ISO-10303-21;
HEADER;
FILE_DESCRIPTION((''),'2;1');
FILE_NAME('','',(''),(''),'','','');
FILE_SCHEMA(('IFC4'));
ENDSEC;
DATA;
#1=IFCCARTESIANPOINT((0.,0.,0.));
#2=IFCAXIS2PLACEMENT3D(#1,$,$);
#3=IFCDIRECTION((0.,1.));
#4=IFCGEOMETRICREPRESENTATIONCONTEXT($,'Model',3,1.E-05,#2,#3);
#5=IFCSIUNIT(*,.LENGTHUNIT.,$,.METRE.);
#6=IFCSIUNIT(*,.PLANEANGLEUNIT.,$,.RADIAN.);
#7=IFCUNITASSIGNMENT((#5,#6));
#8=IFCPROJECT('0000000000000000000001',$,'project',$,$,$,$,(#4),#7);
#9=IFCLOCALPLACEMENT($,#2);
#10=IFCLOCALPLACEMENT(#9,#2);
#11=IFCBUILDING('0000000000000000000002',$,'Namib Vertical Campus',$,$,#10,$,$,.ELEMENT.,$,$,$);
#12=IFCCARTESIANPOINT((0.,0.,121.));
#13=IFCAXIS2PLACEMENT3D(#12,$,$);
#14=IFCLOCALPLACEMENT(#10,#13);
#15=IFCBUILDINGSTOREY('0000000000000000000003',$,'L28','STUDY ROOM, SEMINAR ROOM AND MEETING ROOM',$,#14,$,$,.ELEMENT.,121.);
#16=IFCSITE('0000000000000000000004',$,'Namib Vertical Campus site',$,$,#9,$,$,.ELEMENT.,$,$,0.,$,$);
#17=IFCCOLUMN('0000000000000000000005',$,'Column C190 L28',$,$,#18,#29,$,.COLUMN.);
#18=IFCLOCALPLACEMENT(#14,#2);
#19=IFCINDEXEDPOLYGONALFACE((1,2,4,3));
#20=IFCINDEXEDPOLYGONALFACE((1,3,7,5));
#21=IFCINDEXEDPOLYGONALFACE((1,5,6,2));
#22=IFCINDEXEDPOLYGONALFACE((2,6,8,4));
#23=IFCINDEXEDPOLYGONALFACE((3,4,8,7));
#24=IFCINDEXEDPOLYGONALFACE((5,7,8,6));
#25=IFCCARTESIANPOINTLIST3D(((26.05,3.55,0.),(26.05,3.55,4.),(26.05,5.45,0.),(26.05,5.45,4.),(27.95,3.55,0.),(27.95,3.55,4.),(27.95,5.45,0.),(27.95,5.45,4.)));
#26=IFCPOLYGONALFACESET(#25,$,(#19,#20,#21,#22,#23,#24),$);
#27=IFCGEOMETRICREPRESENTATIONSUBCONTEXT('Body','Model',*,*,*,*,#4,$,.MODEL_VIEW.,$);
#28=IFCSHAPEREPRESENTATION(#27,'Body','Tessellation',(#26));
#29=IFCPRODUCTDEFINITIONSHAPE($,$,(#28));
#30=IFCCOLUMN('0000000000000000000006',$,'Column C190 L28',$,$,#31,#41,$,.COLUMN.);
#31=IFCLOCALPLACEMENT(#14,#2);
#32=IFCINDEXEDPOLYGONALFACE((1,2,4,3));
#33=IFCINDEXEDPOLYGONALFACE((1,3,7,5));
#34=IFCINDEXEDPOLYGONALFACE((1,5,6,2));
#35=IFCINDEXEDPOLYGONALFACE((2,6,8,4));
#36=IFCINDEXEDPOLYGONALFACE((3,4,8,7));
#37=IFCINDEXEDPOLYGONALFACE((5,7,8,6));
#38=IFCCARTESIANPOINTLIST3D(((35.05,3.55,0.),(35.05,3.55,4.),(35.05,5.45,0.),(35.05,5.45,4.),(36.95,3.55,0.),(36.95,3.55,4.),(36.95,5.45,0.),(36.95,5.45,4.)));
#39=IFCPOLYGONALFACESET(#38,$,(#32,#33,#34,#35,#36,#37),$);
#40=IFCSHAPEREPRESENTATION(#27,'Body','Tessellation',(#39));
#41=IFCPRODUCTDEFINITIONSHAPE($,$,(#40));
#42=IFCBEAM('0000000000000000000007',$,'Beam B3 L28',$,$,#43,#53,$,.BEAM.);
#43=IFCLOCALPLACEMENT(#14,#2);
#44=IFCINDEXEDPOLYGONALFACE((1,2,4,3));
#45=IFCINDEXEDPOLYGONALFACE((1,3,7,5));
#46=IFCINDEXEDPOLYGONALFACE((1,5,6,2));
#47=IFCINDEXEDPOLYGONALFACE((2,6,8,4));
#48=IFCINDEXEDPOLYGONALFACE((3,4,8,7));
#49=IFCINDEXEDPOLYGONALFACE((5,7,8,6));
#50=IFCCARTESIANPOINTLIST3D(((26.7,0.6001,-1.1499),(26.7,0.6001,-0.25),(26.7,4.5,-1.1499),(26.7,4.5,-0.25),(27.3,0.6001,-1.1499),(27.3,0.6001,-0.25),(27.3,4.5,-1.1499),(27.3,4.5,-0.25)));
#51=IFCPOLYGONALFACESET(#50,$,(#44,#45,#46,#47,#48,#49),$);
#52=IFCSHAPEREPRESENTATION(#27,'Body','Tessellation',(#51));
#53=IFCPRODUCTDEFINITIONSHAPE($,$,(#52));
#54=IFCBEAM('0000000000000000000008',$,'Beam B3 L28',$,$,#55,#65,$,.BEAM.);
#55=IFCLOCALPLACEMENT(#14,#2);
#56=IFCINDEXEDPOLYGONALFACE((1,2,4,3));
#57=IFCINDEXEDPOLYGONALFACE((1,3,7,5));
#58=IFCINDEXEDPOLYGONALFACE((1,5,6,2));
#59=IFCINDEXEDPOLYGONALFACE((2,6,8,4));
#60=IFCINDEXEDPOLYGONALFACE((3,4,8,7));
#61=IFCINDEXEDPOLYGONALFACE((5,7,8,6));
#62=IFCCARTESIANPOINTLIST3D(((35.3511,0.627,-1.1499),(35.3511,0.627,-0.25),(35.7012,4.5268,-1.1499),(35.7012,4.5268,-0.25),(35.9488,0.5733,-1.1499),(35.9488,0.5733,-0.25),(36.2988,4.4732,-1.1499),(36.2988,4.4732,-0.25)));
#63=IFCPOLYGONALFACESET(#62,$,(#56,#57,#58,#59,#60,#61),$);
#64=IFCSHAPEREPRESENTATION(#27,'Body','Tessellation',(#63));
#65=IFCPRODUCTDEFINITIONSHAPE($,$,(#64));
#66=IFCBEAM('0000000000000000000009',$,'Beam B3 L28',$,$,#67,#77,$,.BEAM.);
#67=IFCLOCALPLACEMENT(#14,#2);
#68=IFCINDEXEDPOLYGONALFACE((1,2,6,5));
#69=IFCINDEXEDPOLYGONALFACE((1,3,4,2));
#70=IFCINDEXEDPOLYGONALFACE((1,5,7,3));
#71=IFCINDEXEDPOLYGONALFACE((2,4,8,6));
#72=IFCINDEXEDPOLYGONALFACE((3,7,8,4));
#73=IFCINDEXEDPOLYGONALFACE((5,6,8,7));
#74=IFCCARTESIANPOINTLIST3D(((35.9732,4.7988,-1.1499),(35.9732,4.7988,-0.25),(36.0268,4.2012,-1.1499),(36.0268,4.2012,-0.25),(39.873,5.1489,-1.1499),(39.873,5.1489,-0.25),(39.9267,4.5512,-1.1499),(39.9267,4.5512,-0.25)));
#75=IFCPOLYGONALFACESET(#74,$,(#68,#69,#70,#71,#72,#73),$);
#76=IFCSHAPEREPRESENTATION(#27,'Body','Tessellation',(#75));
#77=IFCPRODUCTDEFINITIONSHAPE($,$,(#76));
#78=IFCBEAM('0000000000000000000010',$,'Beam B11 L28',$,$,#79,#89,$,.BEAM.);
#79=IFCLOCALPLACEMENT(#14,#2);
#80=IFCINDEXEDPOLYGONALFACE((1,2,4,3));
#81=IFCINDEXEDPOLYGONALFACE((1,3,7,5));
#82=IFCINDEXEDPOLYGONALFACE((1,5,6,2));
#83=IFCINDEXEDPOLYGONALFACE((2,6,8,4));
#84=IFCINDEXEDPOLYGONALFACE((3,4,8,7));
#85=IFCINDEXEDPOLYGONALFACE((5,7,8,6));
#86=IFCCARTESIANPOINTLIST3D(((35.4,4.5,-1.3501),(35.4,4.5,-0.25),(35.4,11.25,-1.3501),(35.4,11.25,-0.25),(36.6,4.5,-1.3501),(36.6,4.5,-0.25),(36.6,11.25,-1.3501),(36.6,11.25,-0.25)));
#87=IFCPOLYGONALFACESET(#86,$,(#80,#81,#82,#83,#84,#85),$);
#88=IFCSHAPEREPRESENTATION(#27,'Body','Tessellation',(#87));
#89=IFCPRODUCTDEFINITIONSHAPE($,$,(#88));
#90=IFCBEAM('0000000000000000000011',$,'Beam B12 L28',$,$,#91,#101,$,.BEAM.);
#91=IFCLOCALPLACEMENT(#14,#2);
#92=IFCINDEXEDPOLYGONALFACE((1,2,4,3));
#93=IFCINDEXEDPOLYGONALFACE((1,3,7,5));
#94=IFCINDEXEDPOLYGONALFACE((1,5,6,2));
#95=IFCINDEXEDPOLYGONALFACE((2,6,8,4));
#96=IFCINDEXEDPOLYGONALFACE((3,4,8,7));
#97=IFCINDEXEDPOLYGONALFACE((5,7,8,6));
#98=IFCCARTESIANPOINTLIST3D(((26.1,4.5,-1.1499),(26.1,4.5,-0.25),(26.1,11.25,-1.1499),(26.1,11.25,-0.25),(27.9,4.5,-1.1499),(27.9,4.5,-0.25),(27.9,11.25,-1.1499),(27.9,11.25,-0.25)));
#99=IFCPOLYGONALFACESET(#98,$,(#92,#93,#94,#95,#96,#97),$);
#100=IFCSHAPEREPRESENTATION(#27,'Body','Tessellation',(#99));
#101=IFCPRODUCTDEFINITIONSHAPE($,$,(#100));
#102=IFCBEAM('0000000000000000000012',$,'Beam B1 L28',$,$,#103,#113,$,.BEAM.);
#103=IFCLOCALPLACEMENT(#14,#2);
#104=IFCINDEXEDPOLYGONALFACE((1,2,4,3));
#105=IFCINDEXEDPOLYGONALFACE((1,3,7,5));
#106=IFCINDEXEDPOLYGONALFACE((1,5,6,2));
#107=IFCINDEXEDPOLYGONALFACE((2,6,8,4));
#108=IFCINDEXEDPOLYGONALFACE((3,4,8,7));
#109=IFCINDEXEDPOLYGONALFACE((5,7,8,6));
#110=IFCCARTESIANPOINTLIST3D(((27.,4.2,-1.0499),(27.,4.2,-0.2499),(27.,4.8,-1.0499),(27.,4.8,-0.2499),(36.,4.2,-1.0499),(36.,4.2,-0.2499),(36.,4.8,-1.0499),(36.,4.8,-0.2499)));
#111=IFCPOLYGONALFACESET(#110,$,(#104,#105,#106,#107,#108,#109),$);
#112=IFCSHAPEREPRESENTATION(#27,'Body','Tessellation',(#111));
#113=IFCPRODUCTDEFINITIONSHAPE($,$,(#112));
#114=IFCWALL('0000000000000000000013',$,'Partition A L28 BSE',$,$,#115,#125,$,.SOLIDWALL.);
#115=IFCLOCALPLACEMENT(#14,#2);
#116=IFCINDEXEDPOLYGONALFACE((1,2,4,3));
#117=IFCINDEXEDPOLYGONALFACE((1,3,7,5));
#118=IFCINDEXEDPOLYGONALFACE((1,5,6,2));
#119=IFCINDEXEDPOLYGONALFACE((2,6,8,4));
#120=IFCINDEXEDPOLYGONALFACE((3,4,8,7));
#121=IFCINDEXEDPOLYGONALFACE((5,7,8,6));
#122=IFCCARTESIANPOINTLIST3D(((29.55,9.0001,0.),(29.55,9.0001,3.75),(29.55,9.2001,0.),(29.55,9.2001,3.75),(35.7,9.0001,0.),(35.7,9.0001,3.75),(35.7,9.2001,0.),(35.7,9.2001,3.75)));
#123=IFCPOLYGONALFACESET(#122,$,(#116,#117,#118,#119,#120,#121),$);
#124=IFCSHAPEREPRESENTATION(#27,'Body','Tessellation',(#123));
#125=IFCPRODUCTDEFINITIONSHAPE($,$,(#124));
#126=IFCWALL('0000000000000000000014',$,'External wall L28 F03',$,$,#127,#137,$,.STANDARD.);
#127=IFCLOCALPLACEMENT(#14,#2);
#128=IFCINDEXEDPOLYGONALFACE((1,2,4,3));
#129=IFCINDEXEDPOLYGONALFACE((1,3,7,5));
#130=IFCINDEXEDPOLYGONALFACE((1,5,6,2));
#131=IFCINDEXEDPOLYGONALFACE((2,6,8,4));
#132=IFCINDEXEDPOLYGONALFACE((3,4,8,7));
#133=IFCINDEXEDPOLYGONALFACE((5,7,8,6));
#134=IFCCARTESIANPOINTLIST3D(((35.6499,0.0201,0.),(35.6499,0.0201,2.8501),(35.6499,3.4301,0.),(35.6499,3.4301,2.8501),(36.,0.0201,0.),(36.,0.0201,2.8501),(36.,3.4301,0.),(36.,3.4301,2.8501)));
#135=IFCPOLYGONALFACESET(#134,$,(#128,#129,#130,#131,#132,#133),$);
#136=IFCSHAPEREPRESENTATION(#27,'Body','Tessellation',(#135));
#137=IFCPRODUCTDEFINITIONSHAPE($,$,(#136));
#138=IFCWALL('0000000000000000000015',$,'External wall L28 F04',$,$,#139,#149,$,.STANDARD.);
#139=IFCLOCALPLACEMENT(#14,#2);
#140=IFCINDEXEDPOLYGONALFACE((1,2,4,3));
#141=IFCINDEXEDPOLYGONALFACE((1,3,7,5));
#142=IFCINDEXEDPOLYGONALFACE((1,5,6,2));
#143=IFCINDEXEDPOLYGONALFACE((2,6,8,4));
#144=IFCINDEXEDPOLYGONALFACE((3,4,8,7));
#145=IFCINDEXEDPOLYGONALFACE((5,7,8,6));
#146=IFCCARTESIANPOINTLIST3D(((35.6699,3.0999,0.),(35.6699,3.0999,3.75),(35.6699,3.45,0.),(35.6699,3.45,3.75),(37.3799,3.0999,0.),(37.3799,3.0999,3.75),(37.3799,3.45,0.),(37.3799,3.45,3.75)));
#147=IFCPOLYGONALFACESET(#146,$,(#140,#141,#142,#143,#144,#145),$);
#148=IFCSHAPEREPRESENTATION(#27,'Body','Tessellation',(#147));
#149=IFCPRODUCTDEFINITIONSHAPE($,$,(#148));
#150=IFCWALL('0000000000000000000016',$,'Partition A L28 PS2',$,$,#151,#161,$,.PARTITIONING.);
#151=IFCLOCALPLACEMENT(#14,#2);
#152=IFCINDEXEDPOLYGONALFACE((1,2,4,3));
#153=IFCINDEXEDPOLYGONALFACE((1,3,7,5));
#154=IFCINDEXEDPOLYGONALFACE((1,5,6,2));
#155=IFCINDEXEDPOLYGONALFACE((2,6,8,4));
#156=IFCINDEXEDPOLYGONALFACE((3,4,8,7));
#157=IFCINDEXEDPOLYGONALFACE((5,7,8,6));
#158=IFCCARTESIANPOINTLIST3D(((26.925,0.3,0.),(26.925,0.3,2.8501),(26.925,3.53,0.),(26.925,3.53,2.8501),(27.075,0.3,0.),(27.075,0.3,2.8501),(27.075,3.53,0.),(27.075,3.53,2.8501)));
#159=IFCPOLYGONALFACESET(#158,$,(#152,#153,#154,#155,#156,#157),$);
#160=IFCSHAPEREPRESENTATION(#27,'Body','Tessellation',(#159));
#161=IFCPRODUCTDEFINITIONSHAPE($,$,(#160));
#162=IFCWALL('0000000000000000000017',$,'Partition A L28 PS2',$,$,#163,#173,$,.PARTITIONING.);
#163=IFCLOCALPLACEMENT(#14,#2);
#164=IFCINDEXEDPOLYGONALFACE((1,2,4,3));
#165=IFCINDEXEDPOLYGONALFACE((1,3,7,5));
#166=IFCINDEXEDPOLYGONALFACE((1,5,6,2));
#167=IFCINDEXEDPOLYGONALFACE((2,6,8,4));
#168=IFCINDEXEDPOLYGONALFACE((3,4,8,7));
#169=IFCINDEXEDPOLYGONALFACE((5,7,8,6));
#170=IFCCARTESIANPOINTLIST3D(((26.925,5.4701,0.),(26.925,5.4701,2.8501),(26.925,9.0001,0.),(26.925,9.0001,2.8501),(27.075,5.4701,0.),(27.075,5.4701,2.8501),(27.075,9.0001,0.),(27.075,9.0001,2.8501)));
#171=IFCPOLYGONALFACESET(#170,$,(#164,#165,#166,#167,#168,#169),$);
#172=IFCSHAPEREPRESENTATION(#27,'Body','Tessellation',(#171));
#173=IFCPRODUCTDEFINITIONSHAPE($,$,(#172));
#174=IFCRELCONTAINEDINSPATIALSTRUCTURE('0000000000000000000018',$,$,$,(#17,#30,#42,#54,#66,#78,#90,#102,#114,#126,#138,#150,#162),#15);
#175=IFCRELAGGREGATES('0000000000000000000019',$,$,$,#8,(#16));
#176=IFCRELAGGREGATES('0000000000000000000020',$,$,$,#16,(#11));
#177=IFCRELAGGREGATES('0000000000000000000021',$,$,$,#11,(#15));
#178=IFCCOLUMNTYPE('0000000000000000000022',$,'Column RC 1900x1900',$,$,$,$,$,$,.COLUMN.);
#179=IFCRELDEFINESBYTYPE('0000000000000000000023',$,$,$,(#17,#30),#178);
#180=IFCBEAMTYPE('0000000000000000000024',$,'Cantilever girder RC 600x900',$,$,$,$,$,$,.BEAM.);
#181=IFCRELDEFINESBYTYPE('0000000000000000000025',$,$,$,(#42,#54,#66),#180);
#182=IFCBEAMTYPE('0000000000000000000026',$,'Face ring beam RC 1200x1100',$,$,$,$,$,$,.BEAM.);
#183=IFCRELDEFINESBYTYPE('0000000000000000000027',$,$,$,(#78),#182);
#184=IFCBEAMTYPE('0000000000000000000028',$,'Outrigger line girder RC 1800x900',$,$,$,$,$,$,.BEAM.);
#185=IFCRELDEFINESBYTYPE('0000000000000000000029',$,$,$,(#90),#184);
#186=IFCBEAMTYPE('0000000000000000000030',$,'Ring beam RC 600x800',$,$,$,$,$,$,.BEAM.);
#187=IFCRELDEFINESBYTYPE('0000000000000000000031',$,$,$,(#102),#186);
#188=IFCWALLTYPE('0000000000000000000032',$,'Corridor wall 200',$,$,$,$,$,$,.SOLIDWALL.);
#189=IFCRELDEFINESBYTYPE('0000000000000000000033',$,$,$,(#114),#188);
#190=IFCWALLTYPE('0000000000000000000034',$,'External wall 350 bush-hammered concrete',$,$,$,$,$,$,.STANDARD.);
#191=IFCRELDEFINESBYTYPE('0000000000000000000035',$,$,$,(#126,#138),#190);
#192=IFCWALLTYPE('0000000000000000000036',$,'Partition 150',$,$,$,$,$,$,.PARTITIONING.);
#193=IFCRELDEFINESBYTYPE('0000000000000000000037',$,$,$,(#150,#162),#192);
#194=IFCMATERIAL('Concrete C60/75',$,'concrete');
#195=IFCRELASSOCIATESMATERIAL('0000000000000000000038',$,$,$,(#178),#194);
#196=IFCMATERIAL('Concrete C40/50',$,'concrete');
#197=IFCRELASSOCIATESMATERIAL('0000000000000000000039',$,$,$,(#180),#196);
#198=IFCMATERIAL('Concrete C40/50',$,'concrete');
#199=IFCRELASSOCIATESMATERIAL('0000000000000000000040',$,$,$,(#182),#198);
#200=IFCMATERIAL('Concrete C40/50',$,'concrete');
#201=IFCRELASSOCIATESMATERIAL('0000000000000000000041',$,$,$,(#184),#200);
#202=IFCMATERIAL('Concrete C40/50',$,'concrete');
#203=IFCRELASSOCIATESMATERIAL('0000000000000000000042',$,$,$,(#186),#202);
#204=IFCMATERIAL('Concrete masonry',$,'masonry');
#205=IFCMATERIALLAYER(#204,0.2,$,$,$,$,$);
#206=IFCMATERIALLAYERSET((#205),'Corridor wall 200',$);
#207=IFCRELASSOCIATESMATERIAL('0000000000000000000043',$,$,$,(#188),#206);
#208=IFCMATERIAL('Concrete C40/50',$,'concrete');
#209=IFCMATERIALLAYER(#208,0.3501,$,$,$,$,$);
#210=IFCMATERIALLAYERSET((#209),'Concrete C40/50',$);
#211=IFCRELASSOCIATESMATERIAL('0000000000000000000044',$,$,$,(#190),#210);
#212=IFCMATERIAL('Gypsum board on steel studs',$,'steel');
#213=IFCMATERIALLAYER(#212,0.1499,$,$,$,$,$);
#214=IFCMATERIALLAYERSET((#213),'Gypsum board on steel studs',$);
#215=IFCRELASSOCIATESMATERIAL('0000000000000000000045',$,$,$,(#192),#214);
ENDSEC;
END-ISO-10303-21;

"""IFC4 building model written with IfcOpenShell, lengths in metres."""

from ifc_helpers import new_model, si_unit, direction, frame, frame_2d, origin, origin_2d, place, context, subcontext, project, spatial, rectangle, extrude, material, layer, layer_set, material_profile, profile_set, type_object, element, save


model = new_model("IFC4")

# Units and contexts
model_context = context("Model", 3, precision=1e-05, world=origin(), true_north=direction((0.0, 1.0)))
body_context = subcontext(model_context, "Body", "Model", "MODEL_VIEW")
ifc_project = project(units=[si_unit("LENGTHUNIT", "METRE"), si_unit("PLANEANGLEUNIT", "RADIAN")], contexts=[model_context])

# Site, building, storey
site_placement = place(None, origin())
site = spatial("IfcSite", under=ifc_project, at=site_placement, Name="Namib Vertical Campus site", CompositionType="ELEMENT", RefElevation=0.0)
building_placement = place(site_placement, origin())
building = spatial("IfcBuilding", under=site, at=building_placement, Name="Namib Vertical Campus", CompositionType="ELEMENT")
storey_placement = place(building_placement, frame((0.0, 0.0, 121.0)))
storey = spatial("IfcBuildingStorey", under=building, at=storey_placement, Name="L28", Description="STUDY ROOM, SEMINAR ROOM AND MEETING ROOM", CompositionType="ELEMENT", Elevation=121.0)

# Columns
ifc_material_1 = material(Name="Concrete C60/75", Category="concrete")
ifc_material_profile_1 = material_profile(ifc_material_1, rectangle(XDim=1.8999, YDim=1.8999, at=origin_2d()))
ifc_profile_set_1 = profile_set([ifc_material_profile_1], Name="Concrete C60/75")
column_type = type_object("IfcColumnType", Name="Column RC 1900x1900", PredefinedType="COLUMN", material=ifc_profile_set_1)
for number, where, z_axis, x_axis, name in (
    (1, (27.0, 4.5, 0.0), (0.0, 0.0, 1.0), (1.0, 0.0, 0.0), "Column C190 L28"),
    (2, (36.0, 4.5, 0.0), (0.0, 0.0, 1.0), (1.0, 0.0, 0.0), "Column C190 L28"),
):
    element("IfcColumn", number, at=place(storey_placement, frame(where, z_axis=z_axis, x_axis=x_axis)), inside=storey, type_object=column_type, Name=name, PredefinedType="COLUMN", context=body_context, shape_type="SweptSolid", body=[
        extrude(rectangle(XDim=1.8999, YDim=1.8999, at=origin_2d()), origin(), (0.0, 0.0, 1.0), 4.0),
    ])

# Beams
ifc_material_2 = material(Name="Concrete C40/50", Category="concrete")
ifc_material_profile_2 = material_profile(ifc_material_2, rectangle(XDim=0.6001, YDim=0.8999, at=origin_2d()))
ifc_profile_set_2 = profile_set([ifc_material_profile_2], Name="Concrete C40/50")
beam_type_1 = type_object("IfcBeamType", Name="Cantilever girder RC 600x900", PredefinedType="BEAM", material=ifc_profile_set_2)
beam_1_placement = place(storey_placement, frame((27.0, 4.5, -0.7), z_axis=(0.0, -1.0, 0.0), x_axis=(1.0, 0.0, 0.0)))
element("IfcBeam", 3, at=beam_1_placement, inside=storey, type_object=beam_type_1, Name="Beam B3 L28", PredefinedType="BEAM", context=body_context, shape_type="SweptSolid", body=[
    extrude(rectangle(XDim=0.6001, YDim=0.8999, at=origin_2d()), origin(), (0.0, 0.0, 1.0), 3.8999),
])
for number, where, z_axis, x_axis, name in (
    (4, (36.0, 4.5, -0.7), (-0.089411, -0.995995, 0.0), (0.995995, -0.089411, 0.0), "Beam B3 L28"),
    (5, (36.0, 4.5, -0.7), (0.995995, 0.089411, 0.0), (-0.089411, 0.995995, 0.0), "Beam B3 L28"),
):
    element("IfcBeam", number, at=place(storey_placement, frame(where, z_axis=z_axis, x_axis=x_axis)), inside=storey, type_object=beam_type_1, Name=name, PredefinedType="BEAM", context=body_context, shape_type="SweptSolid", body=[
        extrude(rectangle(XDim=0.6001, YDim=0.8999, at=origin_2d()), origin(), (0.0, 0.0, 1.0), 3.9155),
    ])
ifc_material_3 = material(Name="Concrete C40/50", Category="concrete")
ifc_material_profile_3 = material_profile(ifc_material_3, rectangle(XDim=1.2, YDim=1.1001, at=origin_2d()))
ifc_profile_set_3 = profile_set([ifc_material_profile_3], Name="Concrete C40/50")
beam_type_2 = type_object("IfcBeamType", Name="Face ring beam RC 1200x1100", PredefinedType="BEAM", material=ifc_profile_set_3)
beam_2_placement = place(storey_placement, frame((36.0, 4.5, -0.8), z_axis=(0.0, 1.0, 0.0), x_axis=(-1.0, 0.0, 0.0)))
element("IfcBeam", 6, at=beam_2_placement, inside=storey, type_object=beam_type_2, Name="Beam B11 L28", PredefinedType="BEAM", context=body_context, shape_type="SweptSolid", body=[
    extrude(rectangle(XDim=1.2, YDim=1.1001, at=origin_2d()), origin(), (0.0, 0.0, 1.0), 6.75),
])
ifc_material_4 = material(Name="Concrete C40/50", Category="concrete")
ifc_material_profile_4 = material_profile(ifc_material_4, rectangle(XDim=1.8, YDim=0.8999, at=origin_2d()))
ifc_profile_set_4 = profile_set([ifc_material_profile_4], Name="Concrete C40/50")
beam_type_3 = type_object("IfcBeamType", Name="Outrigger line girder RC 1800x900", PredefinedType="BEAM", material=ifc_profile_set_4)
beam_3_placement = place(storey_placement, frame((27.0, 4.5, -0.7), z_axis=(0.0, 1.0, 0.0), x_axis=(-1.0, 0.0, 0.0)))
element("IfcBeam", 7, at=beam_3_placement, inside=storey, type_object=beam_type_3, Name="Beam B12 L28", PredefinedType="BEAM", context=body_context, shape_type="SweptSolid", body=[
    extrude(rectangle(XDim=1.8, YDim=0.8999, at=origin_2d()), origin(), (0.0, 0.0, 1.0), 6.75),
])
ifc_material_5 = material(Name="Concrete C40/50", Category="concrete")
ifc_material_profile_5 = material_profile(ifc_material_5, rectangle(XDim=0.6001, YDim=0.8, at=origin_2d()))
ifc_profile_set_5 = profile_set([ifc_material_profile_5], Name="Concrete C40/50")
beam_type_4 = type_object("IfcBeamType", Name="Ring beam RC 600x800", PredefinedType="BEAM", material=ifc_profile_set_5)
beam_4_placement = place(storey_placement, frame((27.0, 4.5, -0.6499), z_axis=(1.0, 0.0, 0.0), x_axis=(0.0, 1.0, 0.0)))
element("IfcBeam", 8, at=beam_4_placement, inside=storey, type_object=beam_type_4, Name="Beam B1 L28", PredefinedType="BEAM", context=body_context, shape_type="SweptSolid", body=[
    extrude(rectangle(XDim=0.6001, YDim=0.8, at=origin_2d()), origin(), (0.0, 0.0, 1.0), 9.0),
])

# Walls
ifc_material_6 = material(Name="Concrete masonry", Category="masonry")
ifc_layer_1 = layer(ifc_material_6, 0.2)
ifc_layer_set_1 = layer_set([ifc_layer_1], Name="Corridor wall 200")
wall_type_1 = type_object("IfcWallType", Name="Corridor wall 200", PredefinedType="SOLIDWALL", material=ifc_layer_set_1)
wall_1_placement = place(storey_placement, frame((29.55, 9.1001, 0.0), z_axis=(0.0, 0.0, 1.0), x_axis=(1.0, 0.0, 0.0)))
element("IfcWall", 9, at=wall_1_placement, inside=storey, type_object=wall_type_1, Name="Partition A L28 BSE", PredefinedType="SOLIDWALL", context=body_context, shape_type="SweptSolid", body=[
    extrude(rectangle(XDim=6.1499, YDim=0.2, at=frame_2d((3.075, 0.0))), origin(), (0.0, 0.0, 1.0), 3.75),
])
ifc_material_7 = material(Name="Concrete C40/50", Category="concrete")
ifc_layer_2 = layer(ifc_material_7, 0.3501)
ifc_layer_set_2 = layer_set([ifc_layer_2], Name="Concrete C40/50")
wall_type_2 = type_object("IfcWallType", Name="External wall 350 bush-hammered concrete", PredefinedType="STANDARD", material=ifc_layer_set_2)
wall_2_placement = place(storey_placement, frame((35.825, 0.02, 0.0), z_axis=(0.0, 0.0, 1.0), x_axis=(0.0, 1.0, 0.0)))
element("IfcWall", 10, at=wall_2_placement, inside=storey, type_object=wall_type_2, Name="External wall L28 F03", PredefinedType="STANDARD", context=body_context, shape_type="SweptSolid", body=[
    extrude(rectangle(XDim=3.4099, YDim=0.3501, at=frame_2d((1.7051, 0.0))), origin(), (0.0, 0.0, 1.0), 2.8501),
])
wall_3_placement = place(storey_placement, frame((35.6699, 3.2749, 0.0), z_axis=(0.0, 0.0, 1.0), x_axis=(1.0, 0.0, 0.0)))
element("IfcWall", 11, at=wall_3_placement, inside=storey, type_object=wall_type_2, Name="External wall L28 F04", PredefinedType="STANDARD", context=body_context, shape_type="SweptSolid", body=[
    extrude(rectangle(XDim=1.71, YDim=0.3501, at=frame_2d((0.855, 0.0))), origin(), (0.0, 0.0, 1.0), 3.75),
])
ifc_material_8 = material(Name="Gypsum board on steel studs", Category="steel")
ifc_layer_3 = layer(ifc_material_8, 0.1499)
ifc_layer_set_3 = layer_set([ifc_layer_3], Name="Gypsum board on steel studs")
wall_type_3 = type_object("IfcWallType", Name="Partition 150", PredefinedType="PARTITIONING", material=ifc_layer_set_3)
wall_4_placement = place(storey_placement, frame((27.0, 0.3, 0.0), z_axis=(0.0, 0.0, 1.0), x_axis=(0.0, 1.0, 0.0)))
element("IfcWall", 12, at=wall_4_placement, inside=storey, type_object=wall_type_3, Name="Partition A L28 PS2", PredefinedType="PARTITIONING", context=body_context, shape_type="SweptSolid", body=[
    extrude(rectangle(XDim=3.23, YDim=0.1499, at=frame_2d((1.615, 0.0))), origin(), (0.0, 0.0, 1.0), 2.8501),
])
wall_5_placement = place(storey_placement, frame((27.0, 5.47, 0.0), z_axis=(0.0, 0.0, 1.0), x_axis=(0.0, 1.0, 0.0)))
element("IfcWall", 13, at=wall_5_placement, inside=storey, type_object=wall_type_3, Name="Partition A L28 PS2", PredefinedType="PARTITIONING", context=body_context, shape_type="SweptSolid", body=[
    extrude(rectangle(XDim=3.53, YDim=0.1499, at=frame_2d((1.7651, 0.0))), origin(), (0.0, 0.0, 1.0), 2.8501),
])

save(model, "model.ifc")
